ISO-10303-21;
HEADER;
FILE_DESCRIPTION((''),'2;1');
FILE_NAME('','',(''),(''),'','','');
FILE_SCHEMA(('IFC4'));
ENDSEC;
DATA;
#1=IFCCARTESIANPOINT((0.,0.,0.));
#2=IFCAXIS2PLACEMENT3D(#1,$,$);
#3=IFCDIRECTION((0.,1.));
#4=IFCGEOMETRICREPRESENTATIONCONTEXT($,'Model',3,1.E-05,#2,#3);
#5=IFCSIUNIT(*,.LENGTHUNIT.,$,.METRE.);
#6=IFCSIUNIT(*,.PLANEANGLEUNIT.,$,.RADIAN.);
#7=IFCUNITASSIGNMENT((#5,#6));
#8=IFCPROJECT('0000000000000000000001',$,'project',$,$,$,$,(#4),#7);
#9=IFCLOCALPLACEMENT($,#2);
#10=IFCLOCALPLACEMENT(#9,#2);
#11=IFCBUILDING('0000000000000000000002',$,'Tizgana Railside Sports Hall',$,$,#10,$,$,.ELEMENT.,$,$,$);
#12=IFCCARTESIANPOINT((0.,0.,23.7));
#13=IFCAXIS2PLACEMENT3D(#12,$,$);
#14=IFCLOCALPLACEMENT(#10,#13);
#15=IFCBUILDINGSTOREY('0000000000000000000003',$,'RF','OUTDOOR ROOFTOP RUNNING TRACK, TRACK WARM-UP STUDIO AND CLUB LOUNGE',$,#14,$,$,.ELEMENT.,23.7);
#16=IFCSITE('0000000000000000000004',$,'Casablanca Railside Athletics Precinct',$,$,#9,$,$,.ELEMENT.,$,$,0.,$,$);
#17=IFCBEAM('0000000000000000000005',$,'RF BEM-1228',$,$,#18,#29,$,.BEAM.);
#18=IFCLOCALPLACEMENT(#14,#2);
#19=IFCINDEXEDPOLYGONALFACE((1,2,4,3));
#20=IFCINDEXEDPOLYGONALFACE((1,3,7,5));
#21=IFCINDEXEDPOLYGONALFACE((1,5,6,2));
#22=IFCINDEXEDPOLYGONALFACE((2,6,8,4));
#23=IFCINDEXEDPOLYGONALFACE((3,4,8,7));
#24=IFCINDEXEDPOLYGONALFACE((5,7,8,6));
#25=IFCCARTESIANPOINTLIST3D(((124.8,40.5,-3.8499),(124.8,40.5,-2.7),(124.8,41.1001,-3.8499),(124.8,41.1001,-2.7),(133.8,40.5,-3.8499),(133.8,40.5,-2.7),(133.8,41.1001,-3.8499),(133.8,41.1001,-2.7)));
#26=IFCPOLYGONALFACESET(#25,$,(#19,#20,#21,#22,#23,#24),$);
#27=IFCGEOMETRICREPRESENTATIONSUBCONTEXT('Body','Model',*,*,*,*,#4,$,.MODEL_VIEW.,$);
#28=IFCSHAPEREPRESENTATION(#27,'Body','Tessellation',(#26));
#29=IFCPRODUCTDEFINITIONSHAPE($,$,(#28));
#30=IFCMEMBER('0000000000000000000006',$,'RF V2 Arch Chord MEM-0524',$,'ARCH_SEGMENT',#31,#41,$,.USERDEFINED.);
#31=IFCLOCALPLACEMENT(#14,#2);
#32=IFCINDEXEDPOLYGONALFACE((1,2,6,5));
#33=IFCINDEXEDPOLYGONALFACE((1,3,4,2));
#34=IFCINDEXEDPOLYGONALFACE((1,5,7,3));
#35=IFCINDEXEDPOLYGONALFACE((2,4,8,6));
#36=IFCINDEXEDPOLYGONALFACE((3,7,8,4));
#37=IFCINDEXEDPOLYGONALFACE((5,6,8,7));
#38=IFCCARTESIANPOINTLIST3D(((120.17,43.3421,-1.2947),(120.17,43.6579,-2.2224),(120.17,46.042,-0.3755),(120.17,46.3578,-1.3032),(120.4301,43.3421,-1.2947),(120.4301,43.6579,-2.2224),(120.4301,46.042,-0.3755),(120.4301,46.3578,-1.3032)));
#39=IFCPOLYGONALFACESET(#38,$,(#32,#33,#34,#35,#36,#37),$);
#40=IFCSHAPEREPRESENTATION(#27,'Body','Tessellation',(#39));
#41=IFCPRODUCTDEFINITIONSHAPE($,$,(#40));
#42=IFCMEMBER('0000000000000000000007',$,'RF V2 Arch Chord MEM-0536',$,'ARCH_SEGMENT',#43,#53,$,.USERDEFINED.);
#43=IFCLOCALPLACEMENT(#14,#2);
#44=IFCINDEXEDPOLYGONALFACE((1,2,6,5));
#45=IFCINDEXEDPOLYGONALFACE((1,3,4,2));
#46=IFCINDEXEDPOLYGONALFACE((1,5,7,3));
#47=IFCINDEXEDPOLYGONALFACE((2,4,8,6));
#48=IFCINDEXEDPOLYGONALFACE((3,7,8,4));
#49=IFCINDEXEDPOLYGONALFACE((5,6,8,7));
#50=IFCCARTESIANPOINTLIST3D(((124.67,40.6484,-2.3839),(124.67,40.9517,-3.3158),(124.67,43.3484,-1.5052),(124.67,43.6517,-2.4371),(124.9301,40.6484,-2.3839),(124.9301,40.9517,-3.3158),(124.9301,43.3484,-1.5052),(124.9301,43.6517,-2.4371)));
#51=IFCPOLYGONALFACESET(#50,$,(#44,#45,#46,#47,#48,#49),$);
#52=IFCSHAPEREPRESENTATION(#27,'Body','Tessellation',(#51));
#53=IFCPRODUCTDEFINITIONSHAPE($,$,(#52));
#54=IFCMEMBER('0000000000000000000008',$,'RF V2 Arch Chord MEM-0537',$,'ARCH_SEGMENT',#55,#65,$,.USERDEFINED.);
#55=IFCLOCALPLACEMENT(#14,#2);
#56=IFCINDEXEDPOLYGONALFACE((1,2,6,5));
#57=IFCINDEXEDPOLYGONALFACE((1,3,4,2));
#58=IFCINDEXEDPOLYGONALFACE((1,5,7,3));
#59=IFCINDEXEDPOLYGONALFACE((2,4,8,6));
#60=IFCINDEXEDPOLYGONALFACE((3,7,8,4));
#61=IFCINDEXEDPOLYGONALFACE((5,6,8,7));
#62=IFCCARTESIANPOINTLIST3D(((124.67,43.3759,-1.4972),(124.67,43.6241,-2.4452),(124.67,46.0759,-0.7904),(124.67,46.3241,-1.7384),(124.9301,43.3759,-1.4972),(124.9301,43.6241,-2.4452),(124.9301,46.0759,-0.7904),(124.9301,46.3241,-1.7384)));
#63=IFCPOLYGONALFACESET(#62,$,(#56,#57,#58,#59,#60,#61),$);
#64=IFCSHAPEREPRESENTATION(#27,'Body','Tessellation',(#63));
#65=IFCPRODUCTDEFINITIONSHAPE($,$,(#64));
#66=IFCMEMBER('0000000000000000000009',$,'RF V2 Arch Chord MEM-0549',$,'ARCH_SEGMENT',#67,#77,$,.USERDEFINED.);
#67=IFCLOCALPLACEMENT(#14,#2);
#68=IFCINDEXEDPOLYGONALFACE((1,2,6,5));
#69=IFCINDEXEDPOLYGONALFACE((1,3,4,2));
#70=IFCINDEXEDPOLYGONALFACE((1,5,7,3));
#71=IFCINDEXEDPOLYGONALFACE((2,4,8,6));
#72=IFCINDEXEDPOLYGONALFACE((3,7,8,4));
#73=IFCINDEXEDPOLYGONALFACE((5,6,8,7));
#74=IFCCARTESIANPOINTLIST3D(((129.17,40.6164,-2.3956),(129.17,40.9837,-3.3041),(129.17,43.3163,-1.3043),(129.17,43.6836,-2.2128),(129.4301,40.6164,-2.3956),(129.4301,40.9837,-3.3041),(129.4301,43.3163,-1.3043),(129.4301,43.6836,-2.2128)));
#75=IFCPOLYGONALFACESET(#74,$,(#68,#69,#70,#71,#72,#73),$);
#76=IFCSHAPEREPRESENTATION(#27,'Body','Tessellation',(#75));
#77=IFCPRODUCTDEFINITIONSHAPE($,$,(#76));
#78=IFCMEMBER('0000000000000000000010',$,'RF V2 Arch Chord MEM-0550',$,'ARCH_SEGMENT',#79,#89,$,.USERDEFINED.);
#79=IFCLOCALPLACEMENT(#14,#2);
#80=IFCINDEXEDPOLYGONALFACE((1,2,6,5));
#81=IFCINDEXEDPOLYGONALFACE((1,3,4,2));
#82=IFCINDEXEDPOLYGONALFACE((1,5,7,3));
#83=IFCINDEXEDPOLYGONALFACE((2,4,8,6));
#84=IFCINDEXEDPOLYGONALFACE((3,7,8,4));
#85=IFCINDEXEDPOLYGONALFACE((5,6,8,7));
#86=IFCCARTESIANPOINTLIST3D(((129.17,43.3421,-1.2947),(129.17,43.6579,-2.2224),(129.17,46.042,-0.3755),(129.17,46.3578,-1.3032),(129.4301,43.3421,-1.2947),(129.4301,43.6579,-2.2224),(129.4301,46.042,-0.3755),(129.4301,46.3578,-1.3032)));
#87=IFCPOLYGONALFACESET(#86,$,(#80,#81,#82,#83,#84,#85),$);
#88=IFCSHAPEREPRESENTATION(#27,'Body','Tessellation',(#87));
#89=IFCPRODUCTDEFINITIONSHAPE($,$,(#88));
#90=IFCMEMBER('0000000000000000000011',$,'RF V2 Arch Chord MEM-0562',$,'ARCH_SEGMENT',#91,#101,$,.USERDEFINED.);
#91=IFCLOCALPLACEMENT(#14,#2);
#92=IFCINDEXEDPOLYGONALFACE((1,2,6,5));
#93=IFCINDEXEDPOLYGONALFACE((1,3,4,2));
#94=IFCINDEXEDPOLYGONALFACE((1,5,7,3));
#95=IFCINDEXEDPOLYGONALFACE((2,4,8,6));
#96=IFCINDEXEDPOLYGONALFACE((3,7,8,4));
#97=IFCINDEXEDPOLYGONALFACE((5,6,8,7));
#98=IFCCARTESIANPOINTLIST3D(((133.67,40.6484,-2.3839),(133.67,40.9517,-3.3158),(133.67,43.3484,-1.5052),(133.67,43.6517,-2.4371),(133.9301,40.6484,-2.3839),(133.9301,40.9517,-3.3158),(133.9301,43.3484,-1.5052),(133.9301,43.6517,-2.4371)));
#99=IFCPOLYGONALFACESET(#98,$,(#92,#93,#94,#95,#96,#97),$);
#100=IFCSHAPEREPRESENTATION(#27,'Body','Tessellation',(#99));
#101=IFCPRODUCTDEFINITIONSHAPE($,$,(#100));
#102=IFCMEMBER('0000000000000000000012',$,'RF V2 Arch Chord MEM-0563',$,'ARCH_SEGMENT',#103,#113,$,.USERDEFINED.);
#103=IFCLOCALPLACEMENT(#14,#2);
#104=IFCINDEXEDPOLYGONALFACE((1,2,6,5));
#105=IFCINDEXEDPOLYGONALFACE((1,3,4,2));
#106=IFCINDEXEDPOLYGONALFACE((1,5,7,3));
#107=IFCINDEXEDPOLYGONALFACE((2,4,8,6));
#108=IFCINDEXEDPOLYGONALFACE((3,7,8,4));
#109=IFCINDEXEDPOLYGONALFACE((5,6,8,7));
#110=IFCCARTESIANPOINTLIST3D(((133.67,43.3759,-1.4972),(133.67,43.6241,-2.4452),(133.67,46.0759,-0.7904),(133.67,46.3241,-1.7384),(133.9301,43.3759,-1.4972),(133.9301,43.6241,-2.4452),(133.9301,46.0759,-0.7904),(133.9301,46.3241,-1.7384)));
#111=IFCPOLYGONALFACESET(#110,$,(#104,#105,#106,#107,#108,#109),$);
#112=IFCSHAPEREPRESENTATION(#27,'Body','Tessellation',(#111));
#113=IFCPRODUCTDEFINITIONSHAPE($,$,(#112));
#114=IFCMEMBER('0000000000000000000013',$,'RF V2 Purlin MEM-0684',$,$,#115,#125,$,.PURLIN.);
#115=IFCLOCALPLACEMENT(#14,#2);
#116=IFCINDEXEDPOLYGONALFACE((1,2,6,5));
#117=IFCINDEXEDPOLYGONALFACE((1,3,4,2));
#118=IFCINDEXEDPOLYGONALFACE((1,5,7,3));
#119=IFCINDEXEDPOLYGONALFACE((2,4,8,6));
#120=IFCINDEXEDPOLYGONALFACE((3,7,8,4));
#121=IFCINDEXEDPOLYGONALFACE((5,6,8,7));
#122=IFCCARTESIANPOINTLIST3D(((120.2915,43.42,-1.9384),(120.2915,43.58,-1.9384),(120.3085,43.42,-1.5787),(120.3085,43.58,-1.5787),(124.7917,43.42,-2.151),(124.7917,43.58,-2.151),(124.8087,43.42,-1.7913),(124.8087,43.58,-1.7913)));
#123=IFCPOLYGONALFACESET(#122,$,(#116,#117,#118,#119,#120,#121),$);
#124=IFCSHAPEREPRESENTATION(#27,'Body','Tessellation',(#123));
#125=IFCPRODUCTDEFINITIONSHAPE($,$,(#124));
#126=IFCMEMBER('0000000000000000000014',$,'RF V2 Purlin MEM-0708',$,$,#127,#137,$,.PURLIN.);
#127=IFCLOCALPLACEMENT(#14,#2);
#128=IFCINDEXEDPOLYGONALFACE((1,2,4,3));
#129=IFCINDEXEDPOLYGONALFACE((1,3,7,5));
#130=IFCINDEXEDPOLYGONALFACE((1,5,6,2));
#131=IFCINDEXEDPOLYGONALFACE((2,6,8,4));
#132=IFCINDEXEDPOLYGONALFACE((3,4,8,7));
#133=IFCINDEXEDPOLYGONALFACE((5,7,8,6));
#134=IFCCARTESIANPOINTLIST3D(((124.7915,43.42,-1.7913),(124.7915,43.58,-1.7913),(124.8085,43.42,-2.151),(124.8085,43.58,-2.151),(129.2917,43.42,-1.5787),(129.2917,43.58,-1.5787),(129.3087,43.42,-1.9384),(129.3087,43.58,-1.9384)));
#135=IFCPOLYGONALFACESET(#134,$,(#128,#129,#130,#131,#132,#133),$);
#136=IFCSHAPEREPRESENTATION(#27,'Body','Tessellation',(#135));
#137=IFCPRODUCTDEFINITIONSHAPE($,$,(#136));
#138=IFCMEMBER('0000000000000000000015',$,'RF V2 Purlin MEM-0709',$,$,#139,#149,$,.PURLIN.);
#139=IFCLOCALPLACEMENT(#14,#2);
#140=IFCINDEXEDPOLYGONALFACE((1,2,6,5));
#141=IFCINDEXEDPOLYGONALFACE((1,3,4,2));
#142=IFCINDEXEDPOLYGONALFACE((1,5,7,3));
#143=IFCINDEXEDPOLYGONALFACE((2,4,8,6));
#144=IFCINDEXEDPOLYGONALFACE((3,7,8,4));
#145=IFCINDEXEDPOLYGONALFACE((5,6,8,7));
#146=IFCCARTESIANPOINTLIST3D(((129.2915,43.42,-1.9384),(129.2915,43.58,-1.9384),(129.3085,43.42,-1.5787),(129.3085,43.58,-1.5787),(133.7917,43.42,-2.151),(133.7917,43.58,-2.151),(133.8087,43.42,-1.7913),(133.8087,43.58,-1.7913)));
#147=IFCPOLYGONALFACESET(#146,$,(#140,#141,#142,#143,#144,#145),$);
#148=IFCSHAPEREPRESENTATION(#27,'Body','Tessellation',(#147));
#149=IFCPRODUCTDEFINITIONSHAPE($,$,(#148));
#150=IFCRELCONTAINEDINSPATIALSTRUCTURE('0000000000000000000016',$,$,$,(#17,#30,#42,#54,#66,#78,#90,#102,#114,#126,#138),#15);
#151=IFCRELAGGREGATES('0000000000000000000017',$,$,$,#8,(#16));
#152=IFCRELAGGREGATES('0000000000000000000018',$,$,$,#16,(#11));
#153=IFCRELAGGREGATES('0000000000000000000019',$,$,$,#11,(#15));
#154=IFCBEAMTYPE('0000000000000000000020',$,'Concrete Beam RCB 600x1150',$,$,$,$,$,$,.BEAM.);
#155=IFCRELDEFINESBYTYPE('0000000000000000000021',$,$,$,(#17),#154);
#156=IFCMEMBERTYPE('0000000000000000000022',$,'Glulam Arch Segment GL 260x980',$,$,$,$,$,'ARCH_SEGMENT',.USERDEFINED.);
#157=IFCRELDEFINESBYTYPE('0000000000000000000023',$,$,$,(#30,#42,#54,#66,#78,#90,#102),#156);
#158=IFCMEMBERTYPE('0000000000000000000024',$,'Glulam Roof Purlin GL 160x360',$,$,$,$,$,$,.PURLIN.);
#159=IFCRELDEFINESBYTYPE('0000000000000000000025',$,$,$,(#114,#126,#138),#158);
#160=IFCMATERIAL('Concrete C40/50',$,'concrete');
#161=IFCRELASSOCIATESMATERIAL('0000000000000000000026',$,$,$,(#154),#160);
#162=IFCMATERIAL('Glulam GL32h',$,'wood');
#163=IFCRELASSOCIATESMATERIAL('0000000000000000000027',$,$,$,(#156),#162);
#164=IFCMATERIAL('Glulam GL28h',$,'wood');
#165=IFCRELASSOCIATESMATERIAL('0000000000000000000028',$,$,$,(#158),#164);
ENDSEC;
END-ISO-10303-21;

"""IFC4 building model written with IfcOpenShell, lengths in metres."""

from ifc_helpers import new_model, si_unit, direction, frame, origin, origin_2d, place, context, subcontext, project, spatial, rectangle, extrude, material, material_profile, profile_set, type_object, element, save


model = new_model("IFC4")

# Units and contexts
model_context = context("Model", 3, precision=1e-05, world=origin(), true_north=direction((0.0, 1.0)))
body_context = subcontext(model_context, "Body", "Model", "MODEL_VIEW")
ifc_project = project(units=[si_unit("LENGTHUNIT", "METRE"), si_unit("PLANEANGLEUNIT", "RADIAN")], contexts=[model_context])

# Site, building, storey
site_placement = place(None, origin())
site = spatial("IfcSite", under=ifc_project, at=site_placement, Name="Casablanca Railside Athletics Precinct", CompositionType="ELEMENT", RefElevation=0.0)
building_placement = place(site_placement, origin())
building = spatial("IfcBuilding", under=site, at=building_placement, Name="Tizgana Railside Sports Hall", CompositionType="ELEMENT")
storey_placement = place(building_placement, frame((0.0, 0.0, 23.7)))
storey = spatial("IfcBuildingStorey", under=building, at=storey_placement, Name="RF", Description="OUTDOOR ROOFTOP RUNNING TRACK, TRACK WARM-UP STUDIO AND CLUB LOUNGE", CompositionType="ELEMENT", Elevation=23.7)

# Beam
ifc_material_1 = material(Name="Concrete C40/50", Category="concrete")
ifc_material_profile_1 = material_profile(ifc_material_1, rectangle(XDim=0.6001, YDim=1.1499, at=origin_2d()), Name="RCB 600x1150")
ifc_profile_set_1 = profile_set([ifc_material_profile_1], Name="Concrete C40/50")
beam_type = type_object("IfcBeamType", Name="Concrete Beam RCB 600x1150", PredefinedType="BEAM", material=ifc_profile_set_1)
beam_placement = place(storey_placement, frame((124.8, 40.8, -3.2749), z_axis=(1.0, 0.0, 0.0), x_axis=(0.0, 1.0, 0.0)))
element("IfcBeam", 1, at=beam_placement, inside=storey, type_object=beam_type, Name="RF BEM-1228", PredefinedType="BEAM", context=body_context, shape_type="SweptSolid", body=[
    extrude(rectangle(XDim=0.6001, YDim=1.1499, at=origin_2d()), origin(), (0.0, 0.0, 1.0), 9.0),
])

# Members
ifc_material_2 = material(Name="Glulam GL32h", Category="wood")
ifc_material_profile_2 = material_profile(ifc_material_2, rectangle(XDim=0.26, YDim=0.98, at=origin_2d()), Name="GL 260x980")
ifc_profile_set_2 = profile_set([ifc_material_profile_2], Name="Glulam GL32h")
member_type_1 = type_object("IfcMemberType", Name="Glulam Arch Segment GL 260x980", ElementType="ARCH_SEGMENT", PredefinedType="USERDEFINED", material=ifc_profile_set_2)
member_1_placement = place(storey_placement, frame((120.3, 43.5, -1.7585), z_axis=(0.0, 0.946644, 0.322282), x_axis=(-1.0, 0.0, 0.0)))
element("IfcMember", 2, at=member_1_placement, inside=storey, type_object=member_type_1, Name="RF V2 Arch Chord MEM-0524", ObjectType="ARCH_SEGMENT", PredefinedType="USERDEFINED", context=body_context, shape_type="SweptSolid", body=[
    extrude(rectangle(XDim=0.26, YDim=0.98, at=origin_2d()), origin(), (0.0, 0.0, 1.0), 2.8521),
])
member_2_placement = place(storey_placement, frame((124.8, 40.8, -2.8499), z_axis=(0.0, 0.950912, 0.309461), x_axis=(-1.0, 0.0, 0.0)))
element("IfcMember", 3, at=member_2_placement, inside=storey, type_object=member_type_1, Name="RF V2 Arch Chord MEM-0536", ObjectType="ARCH_SEGMENT", PredefinedType="USERDEFINED", context=body_context, shape_type="SweptSolid", body=[
    extrude(rectangle(XDim=0.26, YDim=0.98, at=origin_2d()), origin(), (0.0, 0.0, 1.0), 2.8394),
])
member_3_placement = place(storey_placement, frame((124.8, 43.5, -1.9712), z_axis=(0.0, 0.967402, 0.253244), x_axis=(-1.0, 0.0, 0.0)))
element("IfcMember", 4, at=member_3_placement, inside=storey, type_object=member_type_1, Name="RF V2 Arch Chord MEM-0537", ObjectType="ARCH_SEGMENT", PredefinedType="USERDEFINED", context=body_context, shape_type="SweptSolid", body=[
    extrude(rectangle(XDim=0.26, YDim=0.98, at=origin_2d()), origin(), (0.0, 0.0, 1.0), 2.791),
])
member_4_placement = place(storey_placement, frame((129.3, 40.8, -2.8499), z_axis=(0.0, 0.927129, 0.374742), x_axis=(-1.0, 0.0, 0.0)))
element("IfcMember", 5, at=member_4_placement, inside=storey, type_object=member_type_1, Name="RF V2 Arch Chord MEM-0549", ObjectType="ARCH_SEGMENT", PredefinedType="USERDEFINED", context=body_context, shape_type="SweptSolid", body=[
    extrude(rectangle(XDim=0.26, YDim=0.98, at=origin_2d()), origin(), (0.0, 0.0, 1.0), 2.9121),
])
member_5_placement = place(storey_placement, frame((129.3, 43.5, -1.7585), z_axis=(0.0, 0.946644, 0.322282), x_axis=(-1.0, 0.0, 0.0)))
element("IfcMember", 6, at=member_5_placement, inside=storey, type_object=member_type_1, Name="RF V2 Arch Chord MEM-0550", ObjectType="ARCH_SEGMENT", PredefinedType="USERDEFINED", context=body_context, shape_type="SweptSolid", body=[
    extrude(rectangle(XDim=0.26, YDim=0.98, at=origin_2d()), origin(), (0.0, 0.0, 1.0), 2.8521),
])
member_6_placement = place(storey_placement, frame((133.8, 40.8, -2.8499), z_axis=(0.0, 0.950912, 0.309461), x_axis=(-1.0, 0.0, 0.0)))
element("IfcMember", 7, at=member_6_placement, inside=storey, type_object=member_type_1, Name="RF V2 Arch Chord MEM-0562", ObjectType="ARCH_SEGMENT", PredefinedType="USERDEFINED", context=body_context, shape_type="SweptSolid", body=[
    extrude(rectangle(XDim=0.26, YDim=0.98, at=origin_2d()), origin(), (0.0, 0.0, 1.0), 2.8394),
])
member_7_placement = place(storey_placement, frame((133.8, 43.5, -1.9712), z_axis=(0.0, 0.967402, 0.253244), x_axis=(-1.0, 0.0, 0.0)))
element("IfcMember", 8, at=member_7_placement, inside=storey, type_object=member_type_1, Name="RF V2 Arch Chord MEM-0563", ObjectType="ARCH_SEGMENT", PredefinedType="USERDEFINED", context=body_context, shape_type="SweptSolid", body=[
    extrude(rectangle(XDim=0.26, YDim=0.98, at=origin_2d()), origin(), (0.0, 0.0, 1.0), 2.791),
])
ifc_material_3 = material(Name="Glulam GL28h", Category="wood")
ifc_material_profile_3 = material_profile(ifc_material_3, rectangle(XDim=0.1599, YDim=0.3601, at=origin_2d()), Name="GL 160x360")
ifc_profile_set_3 = profile_set([ifc_material_profile_3], Name="Glulam GL28h")
member_type_2 = type_object("IfcMemberType", Name="Glulam Roof Purlin GL 160x360", PredefinedType="PURLIN", material=ifc_profile_set_3)
for number, where, z_axis, x_axis, name in (
    (9, (120.3, 43.5, -1.7585), (0.998885, 0.0, -0.047202), (0.0, 1.0, 0.0), "RF V2 Purlin MEM-0684"),
    (10, (124.8, 43.5, -1.9712), (0.998885, 0.0, 0.047202), (0.0, 1.0, 0.0), "RF V2 Purlin MEM-0708"),
    (11, (129.3, 43.5, -1.7585), (0.998885, 0.0, -0.047202), (0.0, 1.0, 0.0), "RF V2 Purlin MEM-0709"),
):
    element("IfcMember", number, at=place(storey_placement, frame(where, z_axis=z_axis, x_axis=x_axis)), inside=storey, type_object=member_type_2, Name=name, PredefinedType="PURLIN", context=body_context, shape_type="SweptSolid", body=[
        extrude(rectangle(XDim=0.1599, YDim=0.3601, at=origin_2d()), origin(), (0.0, 0.0, 1.0), 4.5051),
    ])

save(model, "model.ifc")
